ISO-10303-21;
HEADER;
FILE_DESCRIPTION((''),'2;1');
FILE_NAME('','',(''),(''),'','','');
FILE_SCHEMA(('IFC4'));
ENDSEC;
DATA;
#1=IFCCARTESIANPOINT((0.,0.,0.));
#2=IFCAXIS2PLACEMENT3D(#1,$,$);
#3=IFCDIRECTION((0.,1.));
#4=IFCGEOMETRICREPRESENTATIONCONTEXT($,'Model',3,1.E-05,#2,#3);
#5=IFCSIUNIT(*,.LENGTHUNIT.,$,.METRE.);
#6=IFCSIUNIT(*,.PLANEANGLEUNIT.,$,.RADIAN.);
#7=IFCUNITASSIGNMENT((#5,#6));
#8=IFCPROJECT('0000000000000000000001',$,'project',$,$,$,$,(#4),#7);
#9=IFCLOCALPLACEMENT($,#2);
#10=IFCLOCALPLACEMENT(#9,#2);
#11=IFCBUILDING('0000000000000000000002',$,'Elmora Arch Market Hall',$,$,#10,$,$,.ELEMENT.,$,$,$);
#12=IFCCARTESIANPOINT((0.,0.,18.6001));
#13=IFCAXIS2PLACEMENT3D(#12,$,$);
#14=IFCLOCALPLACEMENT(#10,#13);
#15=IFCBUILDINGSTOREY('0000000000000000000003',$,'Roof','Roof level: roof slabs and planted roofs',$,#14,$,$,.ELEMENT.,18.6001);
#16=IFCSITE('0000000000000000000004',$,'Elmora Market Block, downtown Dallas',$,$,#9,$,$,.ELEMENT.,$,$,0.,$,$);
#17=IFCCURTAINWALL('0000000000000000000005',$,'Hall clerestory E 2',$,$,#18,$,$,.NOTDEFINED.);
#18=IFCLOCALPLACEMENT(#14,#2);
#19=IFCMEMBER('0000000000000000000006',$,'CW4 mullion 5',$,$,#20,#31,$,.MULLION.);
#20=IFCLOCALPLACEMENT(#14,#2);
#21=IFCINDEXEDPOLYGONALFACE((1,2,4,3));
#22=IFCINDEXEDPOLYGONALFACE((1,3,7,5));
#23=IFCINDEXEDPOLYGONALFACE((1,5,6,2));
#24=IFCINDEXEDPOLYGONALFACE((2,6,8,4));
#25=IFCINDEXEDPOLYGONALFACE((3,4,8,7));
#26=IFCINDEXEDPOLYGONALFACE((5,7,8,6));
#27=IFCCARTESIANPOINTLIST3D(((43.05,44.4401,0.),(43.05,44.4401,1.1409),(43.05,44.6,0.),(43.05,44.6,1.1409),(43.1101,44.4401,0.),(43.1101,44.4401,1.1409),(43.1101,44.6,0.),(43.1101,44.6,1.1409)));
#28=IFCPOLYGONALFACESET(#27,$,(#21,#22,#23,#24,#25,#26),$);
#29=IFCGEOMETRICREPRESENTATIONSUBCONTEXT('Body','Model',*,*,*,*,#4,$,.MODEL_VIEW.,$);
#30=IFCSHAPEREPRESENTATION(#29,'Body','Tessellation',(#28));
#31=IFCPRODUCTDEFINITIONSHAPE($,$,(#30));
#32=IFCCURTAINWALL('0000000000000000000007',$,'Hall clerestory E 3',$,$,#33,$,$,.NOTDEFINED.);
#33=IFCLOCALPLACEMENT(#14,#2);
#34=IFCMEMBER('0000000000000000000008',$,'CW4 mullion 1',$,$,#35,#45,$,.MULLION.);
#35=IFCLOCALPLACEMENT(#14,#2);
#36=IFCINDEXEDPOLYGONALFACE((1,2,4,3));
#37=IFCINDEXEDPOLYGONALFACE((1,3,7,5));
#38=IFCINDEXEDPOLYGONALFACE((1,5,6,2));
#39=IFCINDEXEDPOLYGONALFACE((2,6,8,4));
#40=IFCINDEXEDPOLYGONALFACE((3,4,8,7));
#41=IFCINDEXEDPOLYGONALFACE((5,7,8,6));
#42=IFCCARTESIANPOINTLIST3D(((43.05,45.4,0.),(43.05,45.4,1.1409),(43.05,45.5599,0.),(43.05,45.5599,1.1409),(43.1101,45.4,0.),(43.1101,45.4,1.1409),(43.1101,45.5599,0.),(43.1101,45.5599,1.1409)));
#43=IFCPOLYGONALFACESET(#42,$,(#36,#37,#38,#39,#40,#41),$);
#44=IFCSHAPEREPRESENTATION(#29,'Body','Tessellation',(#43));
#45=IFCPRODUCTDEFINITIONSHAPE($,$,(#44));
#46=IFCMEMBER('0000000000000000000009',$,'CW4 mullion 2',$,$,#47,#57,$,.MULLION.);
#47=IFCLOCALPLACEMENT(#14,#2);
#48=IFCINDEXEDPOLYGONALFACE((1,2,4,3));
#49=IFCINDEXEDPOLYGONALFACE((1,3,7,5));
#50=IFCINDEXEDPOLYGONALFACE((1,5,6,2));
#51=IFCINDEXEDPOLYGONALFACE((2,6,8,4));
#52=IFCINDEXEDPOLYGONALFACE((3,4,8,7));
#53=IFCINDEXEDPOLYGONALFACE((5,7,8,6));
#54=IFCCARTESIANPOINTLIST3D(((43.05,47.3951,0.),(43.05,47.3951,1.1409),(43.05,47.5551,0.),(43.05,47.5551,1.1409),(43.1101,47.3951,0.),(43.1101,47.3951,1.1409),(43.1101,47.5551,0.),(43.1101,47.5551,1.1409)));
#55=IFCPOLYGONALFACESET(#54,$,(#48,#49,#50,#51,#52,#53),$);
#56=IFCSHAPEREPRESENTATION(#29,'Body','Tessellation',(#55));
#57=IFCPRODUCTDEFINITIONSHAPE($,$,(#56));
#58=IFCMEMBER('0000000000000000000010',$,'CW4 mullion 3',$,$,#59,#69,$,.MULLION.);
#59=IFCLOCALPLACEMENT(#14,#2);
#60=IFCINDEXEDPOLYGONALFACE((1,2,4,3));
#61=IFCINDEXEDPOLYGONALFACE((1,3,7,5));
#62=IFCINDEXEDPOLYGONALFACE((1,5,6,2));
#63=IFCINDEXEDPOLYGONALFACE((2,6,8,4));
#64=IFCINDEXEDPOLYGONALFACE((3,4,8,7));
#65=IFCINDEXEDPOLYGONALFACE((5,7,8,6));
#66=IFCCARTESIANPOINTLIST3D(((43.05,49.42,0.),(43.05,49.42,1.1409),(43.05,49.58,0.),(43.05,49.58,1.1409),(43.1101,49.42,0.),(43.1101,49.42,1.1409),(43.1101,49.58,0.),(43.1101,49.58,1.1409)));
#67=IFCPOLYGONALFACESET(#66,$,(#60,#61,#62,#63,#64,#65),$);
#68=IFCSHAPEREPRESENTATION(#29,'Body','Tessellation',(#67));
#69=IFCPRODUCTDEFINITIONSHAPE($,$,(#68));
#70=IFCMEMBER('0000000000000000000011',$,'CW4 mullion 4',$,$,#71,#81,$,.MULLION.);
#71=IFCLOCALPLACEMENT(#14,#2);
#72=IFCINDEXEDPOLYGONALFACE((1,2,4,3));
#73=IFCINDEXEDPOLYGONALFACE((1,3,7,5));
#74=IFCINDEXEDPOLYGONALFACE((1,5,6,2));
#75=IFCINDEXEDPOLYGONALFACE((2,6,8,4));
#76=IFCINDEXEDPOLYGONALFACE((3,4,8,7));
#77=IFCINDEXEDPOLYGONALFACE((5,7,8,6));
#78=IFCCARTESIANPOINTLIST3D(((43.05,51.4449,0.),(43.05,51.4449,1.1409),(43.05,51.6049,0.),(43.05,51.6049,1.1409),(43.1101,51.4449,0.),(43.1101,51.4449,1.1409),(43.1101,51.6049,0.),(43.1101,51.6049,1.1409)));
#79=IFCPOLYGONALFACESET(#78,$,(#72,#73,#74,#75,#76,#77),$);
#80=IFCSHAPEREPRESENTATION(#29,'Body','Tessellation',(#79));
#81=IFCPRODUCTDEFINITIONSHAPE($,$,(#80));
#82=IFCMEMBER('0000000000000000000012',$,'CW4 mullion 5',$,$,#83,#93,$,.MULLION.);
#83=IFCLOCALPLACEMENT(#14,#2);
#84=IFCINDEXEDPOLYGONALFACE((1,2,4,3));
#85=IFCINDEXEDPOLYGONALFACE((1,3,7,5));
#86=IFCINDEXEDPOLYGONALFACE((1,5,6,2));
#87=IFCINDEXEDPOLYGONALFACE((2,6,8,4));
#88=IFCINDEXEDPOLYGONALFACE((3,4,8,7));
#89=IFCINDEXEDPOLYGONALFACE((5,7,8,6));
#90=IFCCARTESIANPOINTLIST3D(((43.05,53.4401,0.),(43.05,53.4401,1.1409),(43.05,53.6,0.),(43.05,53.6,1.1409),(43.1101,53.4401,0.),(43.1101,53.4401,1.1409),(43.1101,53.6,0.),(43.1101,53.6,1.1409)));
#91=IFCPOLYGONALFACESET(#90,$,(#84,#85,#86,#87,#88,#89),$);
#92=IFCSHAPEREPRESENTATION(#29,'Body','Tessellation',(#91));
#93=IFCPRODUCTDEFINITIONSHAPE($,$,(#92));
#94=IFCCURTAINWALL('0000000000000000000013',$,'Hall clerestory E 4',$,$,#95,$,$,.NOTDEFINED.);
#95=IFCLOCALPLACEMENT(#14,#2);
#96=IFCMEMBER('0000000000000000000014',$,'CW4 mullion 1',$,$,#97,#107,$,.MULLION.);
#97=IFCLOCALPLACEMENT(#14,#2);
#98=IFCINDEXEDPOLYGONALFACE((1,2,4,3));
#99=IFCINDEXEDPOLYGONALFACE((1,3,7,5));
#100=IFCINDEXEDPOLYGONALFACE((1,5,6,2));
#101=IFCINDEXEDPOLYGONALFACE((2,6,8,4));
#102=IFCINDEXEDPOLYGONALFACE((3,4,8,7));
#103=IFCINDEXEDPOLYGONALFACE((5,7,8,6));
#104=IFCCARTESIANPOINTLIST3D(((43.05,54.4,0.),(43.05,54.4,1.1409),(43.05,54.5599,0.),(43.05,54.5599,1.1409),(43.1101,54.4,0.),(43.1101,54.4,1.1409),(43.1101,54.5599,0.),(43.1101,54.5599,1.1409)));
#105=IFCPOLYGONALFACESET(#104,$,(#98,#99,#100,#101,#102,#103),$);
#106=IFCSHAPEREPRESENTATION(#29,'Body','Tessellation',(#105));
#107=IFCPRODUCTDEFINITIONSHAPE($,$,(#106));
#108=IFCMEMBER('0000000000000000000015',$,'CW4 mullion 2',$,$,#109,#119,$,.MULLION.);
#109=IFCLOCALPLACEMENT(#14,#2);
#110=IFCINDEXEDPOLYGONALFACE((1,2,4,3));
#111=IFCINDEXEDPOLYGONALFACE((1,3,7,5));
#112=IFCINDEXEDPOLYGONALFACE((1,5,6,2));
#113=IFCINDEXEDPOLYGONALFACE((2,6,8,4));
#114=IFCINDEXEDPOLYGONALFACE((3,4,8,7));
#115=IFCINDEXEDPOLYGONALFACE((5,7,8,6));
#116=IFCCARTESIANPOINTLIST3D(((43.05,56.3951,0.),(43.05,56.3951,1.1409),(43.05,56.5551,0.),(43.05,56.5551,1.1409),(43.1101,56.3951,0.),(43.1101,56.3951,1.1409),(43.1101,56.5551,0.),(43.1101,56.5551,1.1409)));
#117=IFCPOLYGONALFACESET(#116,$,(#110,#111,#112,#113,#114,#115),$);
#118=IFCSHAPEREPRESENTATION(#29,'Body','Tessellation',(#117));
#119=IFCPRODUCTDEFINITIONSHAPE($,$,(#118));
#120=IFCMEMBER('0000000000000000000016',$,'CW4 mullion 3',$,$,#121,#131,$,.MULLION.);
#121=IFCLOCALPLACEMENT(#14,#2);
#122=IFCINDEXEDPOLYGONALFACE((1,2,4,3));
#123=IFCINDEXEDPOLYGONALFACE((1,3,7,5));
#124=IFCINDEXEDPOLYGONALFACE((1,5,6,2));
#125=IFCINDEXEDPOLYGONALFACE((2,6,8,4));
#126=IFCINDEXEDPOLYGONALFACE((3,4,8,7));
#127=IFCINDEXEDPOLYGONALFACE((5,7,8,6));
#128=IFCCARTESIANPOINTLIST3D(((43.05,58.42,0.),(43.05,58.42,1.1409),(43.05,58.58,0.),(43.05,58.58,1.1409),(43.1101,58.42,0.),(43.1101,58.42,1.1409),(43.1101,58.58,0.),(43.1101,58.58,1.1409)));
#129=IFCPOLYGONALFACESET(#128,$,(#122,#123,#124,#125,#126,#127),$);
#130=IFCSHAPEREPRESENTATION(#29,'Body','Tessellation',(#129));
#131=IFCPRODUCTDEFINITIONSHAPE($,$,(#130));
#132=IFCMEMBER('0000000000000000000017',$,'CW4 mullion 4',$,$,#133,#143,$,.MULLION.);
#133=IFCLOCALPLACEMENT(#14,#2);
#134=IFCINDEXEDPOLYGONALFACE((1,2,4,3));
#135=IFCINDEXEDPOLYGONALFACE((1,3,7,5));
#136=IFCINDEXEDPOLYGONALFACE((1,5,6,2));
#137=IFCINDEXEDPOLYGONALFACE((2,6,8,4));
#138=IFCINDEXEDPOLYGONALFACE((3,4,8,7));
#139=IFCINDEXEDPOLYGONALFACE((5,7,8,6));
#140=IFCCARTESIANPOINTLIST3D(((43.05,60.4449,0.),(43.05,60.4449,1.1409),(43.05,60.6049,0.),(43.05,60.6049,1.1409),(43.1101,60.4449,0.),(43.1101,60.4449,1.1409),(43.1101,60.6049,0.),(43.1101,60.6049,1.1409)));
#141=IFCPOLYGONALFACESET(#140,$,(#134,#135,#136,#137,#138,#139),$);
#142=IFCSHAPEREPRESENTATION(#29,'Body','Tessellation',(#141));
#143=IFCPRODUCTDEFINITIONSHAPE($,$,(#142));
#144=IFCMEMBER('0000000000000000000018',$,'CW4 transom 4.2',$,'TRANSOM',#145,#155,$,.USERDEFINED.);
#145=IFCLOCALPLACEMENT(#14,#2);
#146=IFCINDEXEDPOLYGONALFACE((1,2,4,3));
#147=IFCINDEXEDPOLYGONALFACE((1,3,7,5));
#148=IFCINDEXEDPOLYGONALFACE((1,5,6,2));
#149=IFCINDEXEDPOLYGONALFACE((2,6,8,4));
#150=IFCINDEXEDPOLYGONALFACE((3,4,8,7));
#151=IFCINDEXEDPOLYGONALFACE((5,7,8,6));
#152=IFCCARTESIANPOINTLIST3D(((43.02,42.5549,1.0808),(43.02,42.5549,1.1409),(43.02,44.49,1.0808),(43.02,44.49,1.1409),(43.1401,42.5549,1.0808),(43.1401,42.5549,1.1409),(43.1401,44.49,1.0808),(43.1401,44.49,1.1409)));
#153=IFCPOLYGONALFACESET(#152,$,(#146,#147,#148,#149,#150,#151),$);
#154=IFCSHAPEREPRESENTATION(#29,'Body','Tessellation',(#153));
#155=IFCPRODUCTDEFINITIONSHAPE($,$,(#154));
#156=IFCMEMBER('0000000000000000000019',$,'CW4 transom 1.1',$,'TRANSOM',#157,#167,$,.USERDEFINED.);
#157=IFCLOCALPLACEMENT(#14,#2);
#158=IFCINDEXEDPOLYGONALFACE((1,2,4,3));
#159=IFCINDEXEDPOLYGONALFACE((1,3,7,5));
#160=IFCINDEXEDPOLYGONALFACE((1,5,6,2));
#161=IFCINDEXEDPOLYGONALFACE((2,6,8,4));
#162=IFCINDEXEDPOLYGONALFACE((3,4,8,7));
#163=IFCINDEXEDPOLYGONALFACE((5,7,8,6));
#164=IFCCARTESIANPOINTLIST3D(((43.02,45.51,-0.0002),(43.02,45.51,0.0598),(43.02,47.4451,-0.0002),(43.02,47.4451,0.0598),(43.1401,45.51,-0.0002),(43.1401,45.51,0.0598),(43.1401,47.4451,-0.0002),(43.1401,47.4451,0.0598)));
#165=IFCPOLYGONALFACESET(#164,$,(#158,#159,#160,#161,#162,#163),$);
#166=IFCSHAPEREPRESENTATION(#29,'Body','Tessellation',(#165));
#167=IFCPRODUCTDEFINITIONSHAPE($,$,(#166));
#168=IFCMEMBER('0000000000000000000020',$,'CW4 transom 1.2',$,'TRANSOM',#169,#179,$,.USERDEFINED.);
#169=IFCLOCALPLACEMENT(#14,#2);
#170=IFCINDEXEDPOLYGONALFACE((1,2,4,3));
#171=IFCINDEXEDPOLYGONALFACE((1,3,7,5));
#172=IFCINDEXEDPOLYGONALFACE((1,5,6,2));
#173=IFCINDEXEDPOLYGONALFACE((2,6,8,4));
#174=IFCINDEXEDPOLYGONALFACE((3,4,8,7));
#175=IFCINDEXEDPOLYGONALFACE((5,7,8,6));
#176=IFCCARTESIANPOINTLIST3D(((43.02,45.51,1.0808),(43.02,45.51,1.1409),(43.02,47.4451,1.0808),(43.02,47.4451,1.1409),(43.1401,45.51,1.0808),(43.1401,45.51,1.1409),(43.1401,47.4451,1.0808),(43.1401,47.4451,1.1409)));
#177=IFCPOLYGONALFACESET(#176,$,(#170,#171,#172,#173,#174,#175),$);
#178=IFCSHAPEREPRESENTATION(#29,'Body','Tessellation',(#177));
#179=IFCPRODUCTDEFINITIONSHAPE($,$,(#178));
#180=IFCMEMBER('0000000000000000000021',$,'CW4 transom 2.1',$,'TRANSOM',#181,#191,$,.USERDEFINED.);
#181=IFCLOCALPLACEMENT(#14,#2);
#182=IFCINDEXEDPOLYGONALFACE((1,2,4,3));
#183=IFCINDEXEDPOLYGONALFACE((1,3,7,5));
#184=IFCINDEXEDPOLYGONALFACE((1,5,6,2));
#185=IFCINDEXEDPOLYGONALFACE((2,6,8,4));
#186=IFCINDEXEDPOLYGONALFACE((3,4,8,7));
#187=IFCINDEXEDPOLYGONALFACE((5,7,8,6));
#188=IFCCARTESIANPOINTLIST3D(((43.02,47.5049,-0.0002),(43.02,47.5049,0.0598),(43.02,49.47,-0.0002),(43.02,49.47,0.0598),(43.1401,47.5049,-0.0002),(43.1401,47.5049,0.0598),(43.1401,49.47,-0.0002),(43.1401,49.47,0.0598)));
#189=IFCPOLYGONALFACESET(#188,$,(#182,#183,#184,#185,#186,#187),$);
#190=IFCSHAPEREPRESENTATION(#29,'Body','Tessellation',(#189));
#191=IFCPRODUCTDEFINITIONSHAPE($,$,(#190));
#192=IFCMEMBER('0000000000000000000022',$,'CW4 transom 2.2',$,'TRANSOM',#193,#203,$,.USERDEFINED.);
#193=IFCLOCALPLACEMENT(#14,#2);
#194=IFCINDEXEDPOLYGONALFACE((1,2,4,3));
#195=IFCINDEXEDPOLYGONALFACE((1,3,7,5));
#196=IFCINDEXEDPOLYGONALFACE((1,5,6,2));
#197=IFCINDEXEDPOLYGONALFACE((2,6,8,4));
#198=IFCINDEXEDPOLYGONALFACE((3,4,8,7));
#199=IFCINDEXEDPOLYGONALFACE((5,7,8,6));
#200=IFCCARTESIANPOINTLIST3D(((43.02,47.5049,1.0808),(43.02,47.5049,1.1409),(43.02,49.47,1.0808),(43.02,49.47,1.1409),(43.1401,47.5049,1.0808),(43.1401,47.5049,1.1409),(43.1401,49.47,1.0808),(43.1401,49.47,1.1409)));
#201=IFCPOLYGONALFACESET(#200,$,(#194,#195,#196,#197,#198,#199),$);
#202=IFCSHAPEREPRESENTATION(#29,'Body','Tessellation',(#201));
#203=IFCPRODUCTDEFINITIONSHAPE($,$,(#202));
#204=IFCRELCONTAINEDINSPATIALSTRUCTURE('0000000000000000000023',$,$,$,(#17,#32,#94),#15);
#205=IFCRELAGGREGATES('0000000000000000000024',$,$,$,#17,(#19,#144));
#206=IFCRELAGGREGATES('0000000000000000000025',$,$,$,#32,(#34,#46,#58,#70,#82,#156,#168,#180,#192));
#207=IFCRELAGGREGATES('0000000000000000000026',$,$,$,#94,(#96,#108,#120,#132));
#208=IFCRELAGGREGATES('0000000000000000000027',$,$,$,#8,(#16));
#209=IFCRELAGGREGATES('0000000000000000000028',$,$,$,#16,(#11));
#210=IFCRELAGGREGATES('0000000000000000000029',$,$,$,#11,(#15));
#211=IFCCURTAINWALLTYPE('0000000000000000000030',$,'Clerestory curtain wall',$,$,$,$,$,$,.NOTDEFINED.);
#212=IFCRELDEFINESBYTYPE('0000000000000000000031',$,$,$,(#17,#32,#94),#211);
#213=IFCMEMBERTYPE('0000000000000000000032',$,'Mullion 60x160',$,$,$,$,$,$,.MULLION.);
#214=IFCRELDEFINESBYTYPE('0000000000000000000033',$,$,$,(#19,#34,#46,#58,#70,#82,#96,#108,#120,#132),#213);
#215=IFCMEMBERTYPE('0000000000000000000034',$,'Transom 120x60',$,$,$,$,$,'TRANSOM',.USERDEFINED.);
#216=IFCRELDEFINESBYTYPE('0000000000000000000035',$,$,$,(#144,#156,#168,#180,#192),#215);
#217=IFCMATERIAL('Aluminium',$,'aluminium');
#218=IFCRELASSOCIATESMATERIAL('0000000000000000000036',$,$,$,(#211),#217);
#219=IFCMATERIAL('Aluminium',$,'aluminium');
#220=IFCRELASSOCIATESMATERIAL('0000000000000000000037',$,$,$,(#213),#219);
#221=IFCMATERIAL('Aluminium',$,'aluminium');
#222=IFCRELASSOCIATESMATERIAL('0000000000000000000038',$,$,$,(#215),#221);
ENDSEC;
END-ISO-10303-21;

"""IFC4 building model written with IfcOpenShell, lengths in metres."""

from ifc_helpers import new_model, si_unit, direction, frame, origin, origin_2d, place, context, subcontext, project, spatial, rectangle, extrude, material, material_profile, profile_set, type_object, element, aggregate, save


model = new_model("IFC4")

# Units and contexts
model_context = context("Model", 3, precision=1e-05, world=origin(), true_north=direction((0.0, 1.0)))
body_context = subcontext(model_context, "Body", "Model", "MODEL_VIEW")
ifc_project = project(units=[si_unit("LENGTHUNIT", "METRE"), si_unit("PLANEANGLEUNIT", "RADIAN")], contexts=[model_context])

# Site, building, storey
site_placement = place(None, origin())
site = spatial("IfcSite", under=ifc_project, at=site_placement, Name="Elmora Market Block, downtown Dallas", CompositionType="ELEMENT", RefElevation=0.0)
building_placement = place(site_placement, origin())
building = spatial("IfcBuilding", under=site, at=building_placement, Name="Elmora Arch Market Hall", CompositionType="ELEMENT")
storey_placement = place(building_placement, frame((0.0, 0.0, 18.6001)))
storey = spatial("IfcBuildingStorey", under=building, at=storey_placement, Name="Roof", Description="Roof level: roof slabs and planted roofs", CompositionType="ELEMENT", Elevation=18.6001)

# Curtain wall, member
ifc_material_1 = material(Name="Aluminium", Category="aluminium")
curtain_wall_type = type_object("IfcCurtainWallType", Name="Clerestory curtain wall", PredefinedType="NOTDEFINED", material=ifc_material_1)
curtain_wall_1_placement = place(storey_placement, origin())
curtain_wall_1 = element("IfcCurtainWall", 1, at=curtain_wall_1_placement, inside=storey, type_object=curtain_wall_type, Name="Hall clerestory E 2", PredefinedType="NOTDEFINED")
ifc_material_2 = material(Name="Aluminium", Category="aluminium")
ifc_material_profile_1 = material_profile(ifc_material_2, rectangle(XDim=0.0601, YDim=0.1599, at=origin_2d()), Name="AL 60x160")
ifc_profile_set_1 = profile_set([ifc_material_profile_1], Name="Aluminium")
member_type_1 = type_object("IfcMemberType", Name="Mullion 60x160", PredefinedType="MULLION", material=ifc_profile_set_1)
member_1_placement = place(storey_placement, frame((43.0801, 44.52, 0.0), z_axis=(0.0, 0.0, 1.0), x_axis=(-1.0, 0.0, 0.0)))
member_1 = element("IfcMember", 2, at=member_1_placement, type_object=member_type_1, Name="CW4 mullion 5", PredefinedType="MULLION", context=body_context, shape_type="SweptSolid", body=[
    extrude(rectangle(XDim=0.0601, YDim=0.1599, at=origin_2d()), origin(), (0.0, 0.0, 1.0), 1.1409),
])

# Curtain walls, members
curtain_wall_2_placement = place(storey_placement, origin())
curtain_wall_2 = element("IfcCurtainWall", 3, at=curtain_wall_2_placement, inside=storey, type_object=curtain_wall_type, Name="Hall clerestory E 3", PredefinedType="NOTDEFINED")
member_2_placement = place(storey_placement, frame((43.0801, 45.48, 0.0), z_axis=(0.0, 0.0, 1.0), x_axis=(-1.0, 0.0, 0.0)))
member_2 = element("IfcMember", 4, at=member_2_placement, type_object=member_type_1, Name="CW4 mullion 1", PredefinedType="MULLION", context=body_context, shape_type="SweptSolid", body=[
    extrude(rectangle(XDim=0.0601, YDim=0.1599, at=origin_2d()), origin(), (0.0, 0.0, 1.0), 1.1409),
])
member_3_placement = place(storey_placement, frame((43.0801, 47.4751, 0.0), z_axis=(0.0, 0.0, 1.0), x_axis=(-1.0, 0.0, 0.0)))
member_3 = element("IfcMember", 5, at=member_3_placement, type_object=member_type_1, Name="CW4 mullion 2", PredefinedType="MULLION", context=body_context, shape_type="SweptSolid", body=[
    extrude(rectangle(XDim=0.0601, YDim=0.1599, at=origin_2d()), origin(), (0.0, 0.0, 1.0), 1.1409),
])
member_4_placement = place(storey_placement, frame((43.0801, 49.5, 0.0), z_axis=(0.0, 0.0, 1.0), x_axis=(-1.0, 0.0, 0.0)))
member_4 = element("IfcMember", 6, at=member_4_placement, type_object=member_type_1, Name="CW4 mullion 3", PredefinedType="MULLION", context=body_context, shape_type="SweptSolid", body=[
    extrude(rectangle(XDim=0.0601, YDim=0.1599, at=origin_2d()), origin(), (0.0, 0.0, 1.0), 1.1409),
])
member_5_placement = place(storey_placement, frame((43.0801, 51.5249, 0.0), z_axis=(0.0, 0.0, 1.0), x_axis=(-1.0, 0.0, 0.0)))
member_5 = element("IfcMember", 7, at=member_5_placement, type_object=member_type_1, Name="CW4 mullion 4", PredefinedType="MULLION", context=body_context, shape_type="SweptSolid", body=[
    extrude(rectangle(XDim=0.0601, YDim=0.1599, at=origin_2d()), origin(), (0.0, 0.0, 1.0), 1.1409),
])
member_6_placement = place(storey_placement, frame((43.0801, 53.52, 0.0), z_axis=(0.0, 0.0, 1.0), x_axis=(-1.0, 0.0, 0.0)))
member_6 = element("IfcMember", 8, at=member_6_placement, type_object=member_type_1, Name="CW4 mullion 5", PredefinedType="MULLION", context=body_context, shape_type="SweptSolid", body=[
    extrude(rectangle(XDim=0.0601, YDim=0.1599, at=origin_2d()), origin(), (0.0, 0.0, 1.0), 1.1409),
])
curtain_wall_3_placement = place(storey_placement, origin())
curtain_wall_3 = element("IfcCurtainWall", 9, at=curtain_wall_3_placement, inside=storey, type_object=curtain_wall_type, Name="Hall clerestory E 4", PredefinedType="NOTDEFINED")
member_7_placement = place(storey_placement, frame((43.0801, 54.48, 0.0), z_axis=(0.0, 0.0, 1.0), x_axis=(-1.0, 0.0, 0.0)))
member_7 = element("IfcMember", 10, at=member_7_placement, type_object=member_type_1, Name="CW4 mullion 1", PredefinedType="MULLION", context=body_context, shape_type="SweptSolid", body=[
    extrude(rectangle(XDim=0.0601, YDim=0.1599, at=origin_2d()), origin(), (0.0, 0.0, 1.0), 1.1409),
])
member_8_placement = place(storey_placement, frame((43.0801, 56.4751, 0.0), z_axis=(0.0, 0.0, 1.0), x_axis=(-1.0, 0.0, 0.0)))
member_8 = element("IfcMember", 11, at=member_8_placement, type_object=member_type_1, Name="CW4 mullion 2", PredefinedType="MULLION", context=body_context, shape_type="SweptSolid", body=[
    extrude(rectangle(XDim=0.0601, YDim=0.1599, at=origin_2d()), origin(), (0.0, 0.0, 1.0), 1.1409),
])
member_9_placement = place(storey_placement, frame((43.0801, 58.5, 0.0), z_axis=(0.0, 0.0, 1.0), x_axis=(-1.0, 0.0, 0.0)))
member_9 = element("IfcMember", 12, at=member_9_placement, type_object=member_type_1, Name="CW4 mullion 3", PredefinedType="MULLION", context=body_context, shape_type="SweptSolid", body=[
    extrude(rectangle(XDim=0.0601, YDim=0.1599, at=origin_2d()), origin(), (0.0, 0.0, 1.0), 1.1409),
])
member_10_placement = place(storey_placement, frame((43.0801, 60.5249, 0.0), z_axis=(0.0, 0.0, 1.0), x_axis=(-1.0, 0.0, 0.0)))
member_10 = element("IfcMember", 13, at=member_10_placement, type_object=member_type_1, Name="CW4 mullion 4", PredefinedType="MULLION", context=body_context, shape_type="SweptSolid", body=[
    extrude(rectangle(XDim=0.0601, YDim=0.1599, at=origin_2d()), origin(), (0.0, 0.0, 1.0), 1.1409),
])

# Members
ifc_material_3 = material(Name="Aluminium", Category="aluminium")
ifc_material_profile_2 = material_profile(ifc_material_3, rectangle(XDim=0.1201, YDim=0.0601, at=origin_2d()), Name="AL 120x60")
ifc_profile_set_2 = profile_set([ifc_material_profile_2], Name="Aluminium")
member_type_2 = type_object("IfcMemberType", Name="Transom 120x60", ElementType="TRANSOM", PredefinedType="USERDEFINED", material=ifc_profile_set_2)
member_11_placement = place(storey_placement, frame((43.0801, 42.5549, 1.1108), z_axis=(0.0, 1.0, 0.0), x_axis=(-1.0, 0.0, 0.0)))
member_11 = element("IfcMember", 14, at=member_11_placement, type_object=member_type_2, Name="CW4 transom 4.2", ObjectType="TRANSOM", PredefinedType="USERDEFINED", context=body_context, shape_type="SweptSolid", body=[
    extrude(rectangle(XDim=0.1201, YDim=0.0601, at=origin_2d()), origin(), (0.0, 0.0, 1.0), 1.9351),
])
member_12_placement = place(storey_placement, frame((43.0801, 45.51, 0.0298), z_axis=(0.0, 1.0, 0.0), x_axis=(-1.0, 0.0, 0.0)))
member_12 = element("IfcMember", 15, at=member_12_placement, type_object=member_type_2, Name="CW4 transom 1.1", ObjectType="TRANSOM", PredefinedType="USERDEFINED", context=body_context, shape_type="SweptSolid", body=[
    extrude(rectangle(XDim=0.1201, YDim=0.0601, at=origin_2d()), origin(), (0.0, 0.0, 1.0), 1.9351),
])
member_13_placement = place(storey_placement, frame((43.0801, 45.51, 1.1108), z_axis=(0.0, 1.0, 0.0), x_axis=(-1.0, 0.0, 0.0)))
member_13 = element("IfcMember", 16, at=member_13_placement, type_object=member_type_2, Name="CW4 transom 1.2", ObjectType="TRANSOM", PredefinedType="USERDEFINED", context=body_context, shape_type="SweptSolid", body=[
    extrude(rectangle(XDim=0.1201, YDim=0.0601, at=origin_2d()), origin(), (0.0, 0.0, 1.0), 1.9351),
])
member_14_placement = place(storey_placement, frame((43.0801, 47.5049, 0.0298), z_axis=(0.0, 1.0, 0.0), x_axis=(-1.0, 0.0, 0.0)))
member_14 = element("IfcMember", 17, at=member_14_placement, type_object=member_type_2, Name="CW4 transom 2.1", ObjectType="TRANSOM", PredefinedType="USERDEFINED", context=body_context, shape_type="SweptSolid", body=[
    extrude(rectangle(XDim=0.1201, YDim=0.0601, at=origin_2d()), origin(), (0.0, 0.0, 1.0), 1.9651),
])
member_15_placement = place(storey_placement, frame((43.0801, 47.5049, 1.1108), z_axis=(0.0, 1.0, 0.0), x_axis=(-1.0, 0.0, 0.0)))
member_15 = element("IfcMember", 18, at=member_15_placement, type_object=member_type_2, Name="CW4 transom 2.2", ObjectType="TRANSOM", PredefinedType="USERDEFINED", context=body_context, shape_type="SweptSolid", body=[
    extrude(rectangle(XDim=0.1201, YDim=0.0601, at=origin_2d()), origin(), (0.0, 0.0, 1.0), 1.9651),
])

aggregate(curtain_wall_1, [member_1, member_11])
aggregate(curtain_wall_2, [member_2, member_3, member_4, member_5, member_6, member_12, member_13, member_14, member_15])
aggregate(curtain_wall_3, [member_7, member_8, member_9, member_10])

save(model, "model.ifc")
